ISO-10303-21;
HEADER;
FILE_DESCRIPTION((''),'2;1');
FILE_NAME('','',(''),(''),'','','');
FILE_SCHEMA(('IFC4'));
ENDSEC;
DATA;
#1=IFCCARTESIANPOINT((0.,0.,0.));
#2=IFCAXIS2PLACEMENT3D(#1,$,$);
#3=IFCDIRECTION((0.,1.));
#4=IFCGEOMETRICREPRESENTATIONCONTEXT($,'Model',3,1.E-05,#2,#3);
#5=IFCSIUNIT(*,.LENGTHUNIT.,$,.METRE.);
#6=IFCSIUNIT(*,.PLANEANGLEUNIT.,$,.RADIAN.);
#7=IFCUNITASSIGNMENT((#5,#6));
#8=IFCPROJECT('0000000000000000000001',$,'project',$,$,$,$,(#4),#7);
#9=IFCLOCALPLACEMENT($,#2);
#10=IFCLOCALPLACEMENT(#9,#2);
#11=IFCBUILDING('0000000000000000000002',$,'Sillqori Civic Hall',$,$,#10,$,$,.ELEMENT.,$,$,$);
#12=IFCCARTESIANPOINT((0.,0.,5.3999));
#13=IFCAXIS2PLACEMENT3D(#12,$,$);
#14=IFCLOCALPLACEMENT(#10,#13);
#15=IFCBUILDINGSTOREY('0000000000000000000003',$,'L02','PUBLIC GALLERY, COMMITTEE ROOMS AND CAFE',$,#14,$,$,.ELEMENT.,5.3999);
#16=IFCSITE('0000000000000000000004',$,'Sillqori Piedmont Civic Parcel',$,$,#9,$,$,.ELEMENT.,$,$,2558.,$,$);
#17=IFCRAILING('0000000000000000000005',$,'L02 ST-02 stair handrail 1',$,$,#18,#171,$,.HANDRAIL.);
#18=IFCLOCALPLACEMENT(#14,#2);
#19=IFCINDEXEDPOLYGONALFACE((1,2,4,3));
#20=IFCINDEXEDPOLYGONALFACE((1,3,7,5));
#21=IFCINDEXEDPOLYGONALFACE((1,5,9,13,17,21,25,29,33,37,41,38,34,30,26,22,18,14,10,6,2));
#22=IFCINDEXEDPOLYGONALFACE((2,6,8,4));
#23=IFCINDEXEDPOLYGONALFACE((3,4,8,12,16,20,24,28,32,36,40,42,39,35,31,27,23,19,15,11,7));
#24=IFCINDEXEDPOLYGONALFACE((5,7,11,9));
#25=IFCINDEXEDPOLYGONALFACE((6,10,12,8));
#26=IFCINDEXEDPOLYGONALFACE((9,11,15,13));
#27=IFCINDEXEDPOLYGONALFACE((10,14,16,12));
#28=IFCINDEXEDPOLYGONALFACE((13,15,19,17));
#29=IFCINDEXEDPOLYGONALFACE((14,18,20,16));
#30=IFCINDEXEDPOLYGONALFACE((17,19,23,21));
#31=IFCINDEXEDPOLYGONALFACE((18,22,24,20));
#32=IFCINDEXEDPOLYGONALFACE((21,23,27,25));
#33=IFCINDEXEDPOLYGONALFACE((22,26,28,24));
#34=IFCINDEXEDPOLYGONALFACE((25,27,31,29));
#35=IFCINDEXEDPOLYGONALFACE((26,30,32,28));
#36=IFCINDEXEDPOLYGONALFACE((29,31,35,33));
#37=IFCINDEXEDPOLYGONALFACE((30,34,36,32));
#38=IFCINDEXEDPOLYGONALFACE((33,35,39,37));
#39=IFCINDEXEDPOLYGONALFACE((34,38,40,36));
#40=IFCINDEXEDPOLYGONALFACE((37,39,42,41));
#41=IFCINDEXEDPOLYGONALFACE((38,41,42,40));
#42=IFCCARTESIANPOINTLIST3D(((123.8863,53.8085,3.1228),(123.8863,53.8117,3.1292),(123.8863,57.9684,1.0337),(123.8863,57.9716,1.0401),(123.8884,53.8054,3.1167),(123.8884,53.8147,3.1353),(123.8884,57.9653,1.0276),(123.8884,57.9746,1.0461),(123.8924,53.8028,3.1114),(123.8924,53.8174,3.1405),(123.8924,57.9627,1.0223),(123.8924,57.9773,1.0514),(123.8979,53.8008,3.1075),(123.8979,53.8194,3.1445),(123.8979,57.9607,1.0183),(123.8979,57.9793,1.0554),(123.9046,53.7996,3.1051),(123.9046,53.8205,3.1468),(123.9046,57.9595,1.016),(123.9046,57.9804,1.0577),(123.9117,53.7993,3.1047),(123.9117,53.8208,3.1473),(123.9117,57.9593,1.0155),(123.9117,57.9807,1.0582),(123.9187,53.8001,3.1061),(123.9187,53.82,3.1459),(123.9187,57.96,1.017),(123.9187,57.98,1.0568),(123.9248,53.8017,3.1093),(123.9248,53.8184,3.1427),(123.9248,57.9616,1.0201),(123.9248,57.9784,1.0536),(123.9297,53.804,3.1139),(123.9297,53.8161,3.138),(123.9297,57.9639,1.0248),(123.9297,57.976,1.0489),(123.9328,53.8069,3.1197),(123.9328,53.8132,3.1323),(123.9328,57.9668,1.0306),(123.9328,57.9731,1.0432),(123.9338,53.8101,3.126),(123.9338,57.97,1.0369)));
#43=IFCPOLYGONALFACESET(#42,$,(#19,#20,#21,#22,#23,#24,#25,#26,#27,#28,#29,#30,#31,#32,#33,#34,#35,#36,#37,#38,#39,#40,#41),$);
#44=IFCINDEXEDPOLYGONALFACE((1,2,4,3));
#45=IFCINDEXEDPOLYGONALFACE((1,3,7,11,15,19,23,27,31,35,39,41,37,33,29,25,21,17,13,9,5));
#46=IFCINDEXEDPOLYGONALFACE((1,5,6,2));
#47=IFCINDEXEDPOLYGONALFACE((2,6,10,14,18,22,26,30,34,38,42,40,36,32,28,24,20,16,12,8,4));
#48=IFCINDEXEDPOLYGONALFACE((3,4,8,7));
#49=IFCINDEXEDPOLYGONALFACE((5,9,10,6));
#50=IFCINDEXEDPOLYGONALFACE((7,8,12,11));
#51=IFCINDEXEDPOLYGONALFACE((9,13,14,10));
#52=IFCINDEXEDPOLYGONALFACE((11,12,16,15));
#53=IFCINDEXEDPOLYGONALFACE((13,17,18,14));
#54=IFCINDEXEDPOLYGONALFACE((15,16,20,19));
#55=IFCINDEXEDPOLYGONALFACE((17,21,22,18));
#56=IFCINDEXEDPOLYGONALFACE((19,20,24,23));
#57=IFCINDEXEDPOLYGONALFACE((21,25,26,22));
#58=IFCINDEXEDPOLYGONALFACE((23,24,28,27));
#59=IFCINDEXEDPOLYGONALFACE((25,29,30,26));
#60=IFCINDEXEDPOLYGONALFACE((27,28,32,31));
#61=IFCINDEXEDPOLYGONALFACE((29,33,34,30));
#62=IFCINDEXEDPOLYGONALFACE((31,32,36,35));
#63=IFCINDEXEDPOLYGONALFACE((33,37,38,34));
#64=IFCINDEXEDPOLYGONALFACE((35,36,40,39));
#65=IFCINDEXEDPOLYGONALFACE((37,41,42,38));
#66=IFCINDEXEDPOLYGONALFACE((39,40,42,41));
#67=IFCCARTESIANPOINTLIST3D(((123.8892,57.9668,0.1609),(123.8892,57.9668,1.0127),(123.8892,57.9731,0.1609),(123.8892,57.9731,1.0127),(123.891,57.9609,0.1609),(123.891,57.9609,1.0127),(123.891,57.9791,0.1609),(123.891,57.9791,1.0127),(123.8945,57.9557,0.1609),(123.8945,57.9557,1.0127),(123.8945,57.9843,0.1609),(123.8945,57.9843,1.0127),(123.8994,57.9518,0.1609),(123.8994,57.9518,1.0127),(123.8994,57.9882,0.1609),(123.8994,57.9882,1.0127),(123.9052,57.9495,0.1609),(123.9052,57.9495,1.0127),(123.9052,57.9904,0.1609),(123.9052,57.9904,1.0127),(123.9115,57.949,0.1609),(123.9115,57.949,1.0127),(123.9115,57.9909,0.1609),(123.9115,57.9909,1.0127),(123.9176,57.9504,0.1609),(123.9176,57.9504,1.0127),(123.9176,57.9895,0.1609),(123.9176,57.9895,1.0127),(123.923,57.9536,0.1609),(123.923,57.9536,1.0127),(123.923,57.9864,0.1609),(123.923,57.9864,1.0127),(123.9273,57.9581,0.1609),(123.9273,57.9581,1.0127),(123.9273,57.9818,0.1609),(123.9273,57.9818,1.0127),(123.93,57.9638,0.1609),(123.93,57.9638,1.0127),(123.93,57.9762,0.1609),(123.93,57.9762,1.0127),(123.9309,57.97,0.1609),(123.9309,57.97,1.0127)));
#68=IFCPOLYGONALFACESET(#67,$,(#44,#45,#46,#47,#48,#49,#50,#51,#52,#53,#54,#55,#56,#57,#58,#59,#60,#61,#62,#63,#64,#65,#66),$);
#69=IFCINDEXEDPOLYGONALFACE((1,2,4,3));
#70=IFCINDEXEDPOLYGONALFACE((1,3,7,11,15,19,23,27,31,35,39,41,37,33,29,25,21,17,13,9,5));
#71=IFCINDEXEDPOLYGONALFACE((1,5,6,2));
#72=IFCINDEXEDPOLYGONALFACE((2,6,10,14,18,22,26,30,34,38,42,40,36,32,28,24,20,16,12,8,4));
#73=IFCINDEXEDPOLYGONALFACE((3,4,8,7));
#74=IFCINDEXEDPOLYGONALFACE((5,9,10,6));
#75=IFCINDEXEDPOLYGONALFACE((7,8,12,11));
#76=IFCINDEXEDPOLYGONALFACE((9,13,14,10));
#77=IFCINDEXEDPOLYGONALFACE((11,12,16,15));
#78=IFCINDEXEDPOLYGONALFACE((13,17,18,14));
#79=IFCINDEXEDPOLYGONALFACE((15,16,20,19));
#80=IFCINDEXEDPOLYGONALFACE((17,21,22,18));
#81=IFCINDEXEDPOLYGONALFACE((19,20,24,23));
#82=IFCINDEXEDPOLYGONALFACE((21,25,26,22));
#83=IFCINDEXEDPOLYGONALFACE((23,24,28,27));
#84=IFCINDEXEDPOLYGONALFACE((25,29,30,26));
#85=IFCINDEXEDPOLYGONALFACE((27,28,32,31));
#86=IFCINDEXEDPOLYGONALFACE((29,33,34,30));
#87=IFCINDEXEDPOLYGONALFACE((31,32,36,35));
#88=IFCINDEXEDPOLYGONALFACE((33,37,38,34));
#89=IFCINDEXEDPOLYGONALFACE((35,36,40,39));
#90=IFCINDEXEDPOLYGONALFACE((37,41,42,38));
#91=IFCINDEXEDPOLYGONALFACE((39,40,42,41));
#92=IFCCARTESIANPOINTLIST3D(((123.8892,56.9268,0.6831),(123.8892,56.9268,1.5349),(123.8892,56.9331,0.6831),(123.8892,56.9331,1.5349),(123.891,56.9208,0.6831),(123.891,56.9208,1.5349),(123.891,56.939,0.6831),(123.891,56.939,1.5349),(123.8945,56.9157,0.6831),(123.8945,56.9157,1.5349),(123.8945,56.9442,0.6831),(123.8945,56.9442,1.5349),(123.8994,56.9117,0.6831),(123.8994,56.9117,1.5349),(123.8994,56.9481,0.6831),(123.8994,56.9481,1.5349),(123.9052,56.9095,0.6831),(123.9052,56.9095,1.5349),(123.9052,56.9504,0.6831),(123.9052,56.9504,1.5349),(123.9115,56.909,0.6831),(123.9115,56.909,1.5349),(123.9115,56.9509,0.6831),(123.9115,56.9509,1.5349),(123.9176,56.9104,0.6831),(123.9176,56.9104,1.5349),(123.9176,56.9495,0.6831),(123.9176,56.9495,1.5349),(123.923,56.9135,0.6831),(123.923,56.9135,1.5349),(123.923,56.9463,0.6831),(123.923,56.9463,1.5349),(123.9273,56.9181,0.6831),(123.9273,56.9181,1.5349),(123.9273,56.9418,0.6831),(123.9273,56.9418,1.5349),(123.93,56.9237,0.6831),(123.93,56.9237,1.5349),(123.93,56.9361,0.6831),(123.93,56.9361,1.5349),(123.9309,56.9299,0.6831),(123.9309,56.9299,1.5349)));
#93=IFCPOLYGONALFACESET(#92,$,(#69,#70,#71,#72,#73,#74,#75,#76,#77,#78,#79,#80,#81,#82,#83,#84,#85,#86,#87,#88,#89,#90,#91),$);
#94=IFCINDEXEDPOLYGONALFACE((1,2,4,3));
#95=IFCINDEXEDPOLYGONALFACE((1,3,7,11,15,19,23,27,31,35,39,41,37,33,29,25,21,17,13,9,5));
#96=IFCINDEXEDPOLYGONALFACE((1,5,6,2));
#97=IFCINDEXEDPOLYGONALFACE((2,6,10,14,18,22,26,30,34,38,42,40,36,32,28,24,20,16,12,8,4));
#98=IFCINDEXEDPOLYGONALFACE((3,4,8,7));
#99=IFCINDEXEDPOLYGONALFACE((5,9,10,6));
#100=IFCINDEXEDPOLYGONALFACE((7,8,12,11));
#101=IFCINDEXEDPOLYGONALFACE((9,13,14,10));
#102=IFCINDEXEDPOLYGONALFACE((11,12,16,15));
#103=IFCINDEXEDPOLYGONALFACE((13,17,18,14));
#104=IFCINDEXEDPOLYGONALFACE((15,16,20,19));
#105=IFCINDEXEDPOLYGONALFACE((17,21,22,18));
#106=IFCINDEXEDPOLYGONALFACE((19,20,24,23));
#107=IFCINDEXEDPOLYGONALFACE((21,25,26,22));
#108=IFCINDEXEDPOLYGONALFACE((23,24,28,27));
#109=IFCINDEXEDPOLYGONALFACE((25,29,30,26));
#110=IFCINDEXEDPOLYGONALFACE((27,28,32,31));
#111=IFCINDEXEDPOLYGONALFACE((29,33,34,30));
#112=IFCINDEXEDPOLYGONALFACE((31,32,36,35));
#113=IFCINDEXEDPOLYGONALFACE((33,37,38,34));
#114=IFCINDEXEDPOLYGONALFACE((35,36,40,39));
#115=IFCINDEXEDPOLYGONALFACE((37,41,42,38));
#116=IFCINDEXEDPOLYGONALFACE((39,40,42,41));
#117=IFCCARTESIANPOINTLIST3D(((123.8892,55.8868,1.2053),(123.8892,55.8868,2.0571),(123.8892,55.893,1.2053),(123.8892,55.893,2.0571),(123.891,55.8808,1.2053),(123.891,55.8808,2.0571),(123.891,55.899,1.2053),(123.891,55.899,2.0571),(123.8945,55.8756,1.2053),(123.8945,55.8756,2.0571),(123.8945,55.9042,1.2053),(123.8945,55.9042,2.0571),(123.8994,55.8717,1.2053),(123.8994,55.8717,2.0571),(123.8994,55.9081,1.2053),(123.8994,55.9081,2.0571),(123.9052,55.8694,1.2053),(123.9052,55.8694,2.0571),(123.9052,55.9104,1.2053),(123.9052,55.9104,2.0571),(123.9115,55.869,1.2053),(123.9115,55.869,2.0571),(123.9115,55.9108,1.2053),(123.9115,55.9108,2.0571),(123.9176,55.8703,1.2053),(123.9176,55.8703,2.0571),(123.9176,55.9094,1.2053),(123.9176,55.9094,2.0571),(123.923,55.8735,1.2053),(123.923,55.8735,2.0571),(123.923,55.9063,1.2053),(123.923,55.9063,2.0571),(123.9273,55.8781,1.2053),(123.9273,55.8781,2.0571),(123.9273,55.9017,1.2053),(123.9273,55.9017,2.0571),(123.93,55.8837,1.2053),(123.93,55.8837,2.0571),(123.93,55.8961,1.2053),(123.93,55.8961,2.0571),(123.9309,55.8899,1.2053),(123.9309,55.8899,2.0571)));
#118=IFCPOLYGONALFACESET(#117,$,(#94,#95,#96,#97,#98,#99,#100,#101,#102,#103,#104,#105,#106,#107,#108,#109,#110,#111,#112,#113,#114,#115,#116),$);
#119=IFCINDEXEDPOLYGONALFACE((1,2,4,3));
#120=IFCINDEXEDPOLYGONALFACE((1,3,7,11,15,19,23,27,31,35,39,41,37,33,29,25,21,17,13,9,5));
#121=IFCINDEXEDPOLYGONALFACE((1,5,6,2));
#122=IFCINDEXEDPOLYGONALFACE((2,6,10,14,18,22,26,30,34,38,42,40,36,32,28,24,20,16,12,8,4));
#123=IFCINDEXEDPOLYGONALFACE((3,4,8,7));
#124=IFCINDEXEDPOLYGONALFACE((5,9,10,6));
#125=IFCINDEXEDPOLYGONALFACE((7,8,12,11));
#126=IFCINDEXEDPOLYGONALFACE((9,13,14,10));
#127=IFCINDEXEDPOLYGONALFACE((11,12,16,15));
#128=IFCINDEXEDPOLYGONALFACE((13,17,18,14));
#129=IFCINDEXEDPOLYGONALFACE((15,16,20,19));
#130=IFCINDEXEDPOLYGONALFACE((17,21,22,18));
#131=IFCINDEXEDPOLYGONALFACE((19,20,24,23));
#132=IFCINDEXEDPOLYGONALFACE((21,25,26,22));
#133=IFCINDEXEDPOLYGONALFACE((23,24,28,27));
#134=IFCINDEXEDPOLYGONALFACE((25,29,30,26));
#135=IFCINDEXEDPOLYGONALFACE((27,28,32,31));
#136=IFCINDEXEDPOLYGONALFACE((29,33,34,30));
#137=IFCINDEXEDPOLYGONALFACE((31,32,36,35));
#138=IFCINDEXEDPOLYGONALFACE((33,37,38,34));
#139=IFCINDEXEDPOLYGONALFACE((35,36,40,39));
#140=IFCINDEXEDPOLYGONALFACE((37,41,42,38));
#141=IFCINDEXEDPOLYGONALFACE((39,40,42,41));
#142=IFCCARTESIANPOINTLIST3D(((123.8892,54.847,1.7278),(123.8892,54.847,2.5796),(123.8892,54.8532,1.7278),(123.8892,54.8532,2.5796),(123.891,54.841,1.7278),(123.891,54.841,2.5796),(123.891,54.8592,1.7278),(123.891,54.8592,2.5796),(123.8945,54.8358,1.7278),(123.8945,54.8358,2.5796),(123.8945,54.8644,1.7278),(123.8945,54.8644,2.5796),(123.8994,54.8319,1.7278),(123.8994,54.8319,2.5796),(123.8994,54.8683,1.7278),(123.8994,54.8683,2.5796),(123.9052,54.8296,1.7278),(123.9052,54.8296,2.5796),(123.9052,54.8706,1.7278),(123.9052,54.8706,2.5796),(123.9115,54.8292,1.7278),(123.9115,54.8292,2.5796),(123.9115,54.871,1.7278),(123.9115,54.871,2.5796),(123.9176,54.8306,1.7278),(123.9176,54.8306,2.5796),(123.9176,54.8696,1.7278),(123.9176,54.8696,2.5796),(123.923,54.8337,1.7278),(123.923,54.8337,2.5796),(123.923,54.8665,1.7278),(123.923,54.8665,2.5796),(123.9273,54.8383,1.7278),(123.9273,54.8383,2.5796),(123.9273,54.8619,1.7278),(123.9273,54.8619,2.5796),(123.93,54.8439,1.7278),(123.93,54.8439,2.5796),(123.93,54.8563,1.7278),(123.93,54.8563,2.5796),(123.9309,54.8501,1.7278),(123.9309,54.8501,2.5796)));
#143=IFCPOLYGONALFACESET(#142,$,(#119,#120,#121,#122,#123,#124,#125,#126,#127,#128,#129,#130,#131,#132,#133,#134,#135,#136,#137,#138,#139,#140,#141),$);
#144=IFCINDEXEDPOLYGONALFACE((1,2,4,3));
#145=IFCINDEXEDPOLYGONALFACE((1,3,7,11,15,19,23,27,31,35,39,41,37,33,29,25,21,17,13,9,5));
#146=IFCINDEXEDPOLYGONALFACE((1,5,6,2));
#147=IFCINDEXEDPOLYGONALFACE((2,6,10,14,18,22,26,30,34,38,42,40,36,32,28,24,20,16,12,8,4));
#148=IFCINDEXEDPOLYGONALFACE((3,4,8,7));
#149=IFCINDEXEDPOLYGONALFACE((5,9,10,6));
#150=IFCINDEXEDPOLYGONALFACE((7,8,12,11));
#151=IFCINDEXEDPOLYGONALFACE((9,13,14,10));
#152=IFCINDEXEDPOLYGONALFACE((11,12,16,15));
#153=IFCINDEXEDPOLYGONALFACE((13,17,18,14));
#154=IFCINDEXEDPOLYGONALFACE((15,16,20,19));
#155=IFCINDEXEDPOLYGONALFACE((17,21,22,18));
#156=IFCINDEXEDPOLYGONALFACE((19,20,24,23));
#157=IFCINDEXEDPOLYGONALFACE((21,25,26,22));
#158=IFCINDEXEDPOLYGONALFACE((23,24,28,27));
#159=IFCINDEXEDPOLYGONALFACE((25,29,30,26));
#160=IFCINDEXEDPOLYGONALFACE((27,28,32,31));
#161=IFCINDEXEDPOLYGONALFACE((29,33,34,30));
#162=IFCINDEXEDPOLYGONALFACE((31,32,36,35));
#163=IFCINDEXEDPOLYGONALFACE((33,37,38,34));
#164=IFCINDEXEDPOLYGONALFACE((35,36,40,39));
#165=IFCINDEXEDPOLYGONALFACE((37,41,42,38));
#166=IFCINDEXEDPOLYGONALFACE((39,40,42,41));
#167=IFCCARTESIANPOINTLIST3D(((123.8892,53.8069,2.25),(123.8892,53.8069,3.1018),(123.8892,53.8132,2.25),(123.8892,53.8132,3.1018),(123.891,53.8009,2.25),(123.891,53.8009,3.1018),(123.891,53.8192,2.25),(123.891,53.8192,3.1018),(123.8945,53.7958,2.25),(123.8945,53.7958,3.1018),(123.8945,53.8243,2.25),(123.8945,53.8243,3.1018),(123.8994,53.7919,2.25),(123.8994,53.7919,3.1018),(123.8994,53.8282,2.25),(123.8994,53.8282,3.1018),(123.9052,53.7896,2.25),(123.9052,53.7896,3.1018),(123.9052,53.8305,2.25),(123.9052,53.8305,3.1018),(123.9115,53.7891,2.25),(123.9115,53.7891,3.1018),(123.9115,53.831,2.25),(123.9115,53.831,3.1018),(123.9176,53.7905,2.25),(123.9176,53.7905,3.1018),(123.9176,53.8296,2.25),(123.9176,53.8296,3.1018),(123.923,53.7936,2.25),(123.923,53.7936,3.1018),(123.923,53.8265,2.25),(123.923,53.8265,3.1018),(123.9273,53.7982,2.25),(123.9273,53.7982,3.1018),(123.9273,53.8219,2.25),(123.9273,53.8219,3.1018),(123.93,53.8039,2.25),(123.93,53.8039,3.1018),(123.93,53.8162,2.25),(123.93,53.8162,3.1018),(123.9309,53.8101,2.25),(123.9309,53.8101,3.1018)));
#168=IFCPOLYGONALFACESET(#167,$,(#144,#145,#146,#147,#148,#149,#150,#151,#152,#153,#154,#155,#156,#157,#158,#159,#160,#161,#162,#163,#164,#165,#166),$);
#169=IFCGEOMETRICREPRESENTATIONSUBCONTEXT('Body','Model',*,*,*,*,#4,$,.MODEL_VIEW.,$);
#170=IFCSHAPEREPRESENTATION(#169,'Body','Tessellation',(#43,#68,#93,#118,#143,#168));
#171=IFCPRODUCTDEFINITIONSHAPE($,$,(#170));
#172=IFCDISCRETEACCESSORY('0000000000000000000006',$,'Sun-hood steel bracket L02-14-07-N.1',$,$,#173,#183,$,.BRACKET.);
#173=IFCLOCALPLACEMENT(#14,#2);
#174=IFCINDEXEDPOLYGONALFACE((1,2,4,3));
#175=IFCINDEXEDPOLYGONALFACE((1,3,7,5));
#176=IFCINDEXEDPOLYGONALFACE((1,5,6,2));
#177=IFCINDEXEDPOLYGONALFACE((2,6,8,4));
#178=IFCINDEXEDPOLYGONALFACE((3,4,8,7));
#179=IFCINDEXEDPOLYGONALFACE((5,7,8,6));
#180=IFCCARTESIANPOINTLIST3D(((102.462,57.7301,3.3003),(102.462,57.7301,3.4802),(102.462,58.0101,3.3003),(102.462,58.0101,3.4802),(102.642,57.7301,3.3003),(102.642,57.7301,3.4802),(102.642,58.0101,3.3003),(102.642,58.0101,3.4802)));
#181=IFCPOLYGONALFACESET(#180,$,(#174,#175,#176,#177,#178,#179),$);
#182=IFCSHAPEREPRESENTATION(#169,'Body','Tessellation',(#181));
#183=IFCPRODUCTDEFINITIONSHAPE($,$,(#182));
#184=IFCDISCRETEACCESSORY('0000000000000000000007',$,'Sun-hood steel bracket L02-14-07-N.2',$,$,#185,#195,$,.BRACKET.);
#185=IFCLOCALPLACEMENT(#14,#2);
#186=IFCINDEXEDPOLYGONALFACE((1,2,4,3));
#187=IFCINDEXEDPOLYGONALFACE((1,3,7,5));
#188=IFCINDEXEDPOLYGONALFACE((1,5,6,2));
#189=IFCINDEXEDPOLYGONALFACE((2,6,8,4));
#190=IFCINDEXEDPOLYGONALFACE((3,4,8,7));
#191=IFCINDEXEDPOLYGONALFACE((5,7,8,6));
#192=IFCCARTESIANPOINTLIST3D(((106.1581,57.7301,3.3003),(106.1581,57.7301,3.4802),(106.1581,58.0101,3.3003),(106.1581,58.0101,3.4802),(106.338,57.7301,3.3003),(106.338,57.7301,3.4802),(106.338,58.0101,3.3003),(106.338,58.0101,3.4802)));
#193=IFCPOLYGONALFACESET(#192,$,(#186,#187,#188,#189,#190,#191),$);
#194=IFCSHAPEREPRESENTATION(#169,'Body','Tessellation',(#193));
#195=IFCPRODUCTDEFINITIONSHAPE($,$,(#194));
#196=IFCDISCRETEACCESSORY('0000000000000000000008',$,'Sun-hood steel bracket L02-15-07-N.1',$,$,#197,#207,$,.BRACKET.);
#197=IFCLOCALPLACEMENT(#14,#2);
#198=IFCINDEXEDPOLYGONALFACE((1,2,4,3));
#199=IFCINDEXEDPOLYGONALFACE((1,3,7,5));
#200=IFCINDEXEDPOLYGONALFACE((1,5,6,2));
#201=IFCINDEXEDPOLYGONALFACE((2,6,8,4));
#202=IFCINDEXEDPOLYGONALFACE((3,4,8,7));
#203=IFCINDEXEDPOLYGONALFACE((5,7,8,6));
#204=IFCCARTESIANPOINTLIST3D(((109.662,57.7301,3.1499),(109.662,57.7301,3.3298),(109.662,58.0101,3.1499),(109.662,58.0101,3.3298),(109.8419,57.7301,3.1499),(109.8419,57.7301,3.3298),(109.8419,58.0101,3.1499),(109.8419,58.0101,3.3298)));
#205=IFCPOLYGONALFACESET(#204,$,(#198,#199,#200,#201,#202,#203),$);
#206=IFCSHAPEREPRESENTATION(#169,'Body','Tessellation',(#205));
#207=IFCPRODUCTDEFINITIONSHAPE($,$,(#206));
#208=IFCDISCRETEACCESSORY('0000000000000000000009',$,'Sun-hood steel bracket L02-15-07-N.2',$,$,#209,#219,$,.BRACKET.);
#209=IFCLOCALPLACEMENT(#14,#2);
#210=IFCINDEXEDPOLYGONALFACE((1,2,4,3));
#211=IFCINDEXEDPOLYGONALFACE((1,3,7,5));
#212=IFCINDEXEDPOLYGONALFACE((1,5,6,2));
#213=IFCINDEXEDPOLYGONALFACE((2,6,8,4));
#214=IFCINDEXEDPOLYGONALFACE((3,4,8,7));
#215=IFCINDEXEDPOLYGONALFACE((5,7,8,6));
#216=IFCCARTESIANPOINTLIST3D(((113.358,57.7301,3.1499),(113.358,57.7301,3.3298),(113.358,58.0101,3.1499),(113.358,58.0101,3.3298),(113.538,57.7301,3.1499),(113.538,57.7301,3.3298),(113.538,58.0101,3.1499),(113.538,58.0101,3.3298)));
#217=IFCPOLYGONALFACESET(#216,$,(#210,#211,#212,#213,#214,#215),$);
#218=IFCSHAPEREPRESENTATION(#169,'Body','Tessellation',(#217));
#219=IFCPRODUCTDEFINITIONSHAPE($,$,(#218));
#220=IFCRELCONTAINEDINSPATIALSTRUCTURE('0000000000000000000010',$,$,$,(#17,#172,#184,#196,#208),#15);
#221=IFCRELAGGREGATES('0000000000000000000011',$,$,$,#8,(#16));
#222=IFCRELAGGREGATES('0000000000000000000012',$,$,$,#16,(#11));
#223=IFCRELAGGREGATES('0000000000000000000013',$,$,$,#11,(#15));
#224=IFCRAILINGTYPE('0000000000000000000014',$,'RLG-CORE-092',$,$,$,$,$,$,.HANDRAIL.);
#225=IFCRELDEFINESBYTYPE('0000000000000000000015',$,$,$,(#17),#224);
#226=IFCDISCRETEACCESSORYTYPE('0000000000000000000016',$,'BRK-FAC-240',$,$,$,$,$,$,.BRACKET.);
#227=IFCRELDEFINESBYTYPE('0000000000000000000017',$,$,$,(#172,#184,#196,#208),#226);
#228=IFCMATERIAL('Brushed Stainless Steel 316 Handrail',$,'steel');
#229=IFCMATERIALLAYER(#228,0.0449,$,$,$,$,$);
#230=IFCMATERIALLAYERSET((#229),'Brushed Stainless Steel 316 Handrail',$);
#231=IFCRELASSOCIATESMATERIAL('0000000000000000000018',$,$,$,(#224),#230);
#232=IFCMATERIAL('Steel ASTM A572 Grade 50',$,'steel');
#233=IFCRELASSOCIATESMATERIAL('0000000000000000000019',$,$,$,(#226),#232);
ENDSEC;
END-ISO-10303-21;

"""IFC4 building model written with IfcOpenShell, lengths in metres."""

from ifc_helpers import new_model, si_unit, direction, frame, origin, origin_2d, place, context, subcontext, project, spatial, rectangle, circle, extrude, material, layer, layer_set, type_object, element, save


model = new_model("IFC4")

# Units and contexts
model_context = context("Model", 3, precision=1e-05, world=origin(), true_north=direction((0.0, 1.0)))
body_context = subcontext(model_context, "Body", "Model", "MODEL_VIEW")
ifc_project = project(units=[si_unit("LENGTHUNIT", "METRE"), si_unit("PLANEANGLEUNIT", "RADIAN")], contexts=[model_context])

# Site, building, storey
site_placement = place(None, origin())
site = spatial("IfcSite", under=ifc_project, at=site_placement, Name="Sillqori Piedmont Civic Parcel", CompositionType="ELEMENT", RefElevation=2558.0)
building_placement = place(site_placement, origin())
building = spatial("IfcBuilding", under=site, at=building_placement, Name="Sillqori Civic Hall", CompositionType="ELEMENT")
storey_placement = place(building_placement, frame((0.0, 0.0, 5.3999)))
storey = spatial("IfcBuildingStorey", under=building, at=storey_placement, Name="L02", Description="PUBLIC GALLERY, COMMITTEE ROOMS AND CAFE", CompositionType="ELEMENT", Elevation=5.3999)

# Railing
ifc_material_1 = material(Name="Brushed Stainless Steel 316 Handrail", Category="steel")
ifc_layer_1 = layer(ifc_material_1, 0.0449)
ifc_layer_set_1 = layer_set([ifc_layer_1], Name="Brushed Stainless Steel 316 Handrail")
railing_type = type_object("IfcRailingType", Name="RLG-CORE-092", PredefinedType="HANDRAIL", material=ifc_layer_set_1)
railing_placement = place(storey_placement, frame((123.9099, 57.97, 0.1609)))
element("IfcRailing", 1, at=railing_placement, inside=storey, type_object=railing_type, Name="L02 ST-02 stair handrail 1", PredefinedType="HANDRAIL", context=body_context, shape_type="SweptSolid", body=[
    extrude(circle(Radius=0.0239, at=origin_2d()), frame((0.0, 0.0, 0.876), z_axis=(0.0, -0.893639, 0.448786), x_axis=(1.0, 0.0, 0.0)), (0.0, 0.0, 1.0), 4.655),
    extrude(circle(Radius=0.021, at=origin_2d()), origin(), (0.0, 0.0, 1.0), 0.8518),
    extrude(circle(Radius=0.021, at=origin_2d()), frame((0.0, -1.04, 0.5222)), (0.0, 0.0, 1.0), 0.8518),
    extrude(circle(Radius=0.021, at=origin_2d()), frame((0.0, -2.0801, 1.0444)), (0.0, 0.0, 1.0), 0.8518),
    extrude(circle(Radius=0.021, at=origin_2d()), frame((0.0, -3.1199, 1.5669)), (0.0, 0.0, 1.0), 0.8518),
    extrude(circle(Radius=0.021, at=origin_2d()), frame((0.0, -4.1599, 2.0891)), (0.0, 0.0, 1.0), 0.8518),
])

# Discrete accessories
ifc_material_2 = material(Name="Steel ASTM A572 Grade 50", Category="steel")
discrete_accessory_type = type_object("IfcDiscreteAccessoryType", Name="BRK-FAC-240", PredefinedType="BRACKET", material=ifc_material_2)
for number, where, z_axis, x_axis, name in (
    (2, (102.552, 57.8701, 3.3003), (0.0, 0.0, 1.0), (1.0, 0.0, 0.0), "Sun-hood steel bracket L02-14-07-N.1"),
    (3, (106.248, 57.8701, 3.3003), (0.0, 0.0, 1.0), (1.0, 0.0, 0.0), "Sun-hood steel bracket L02-14-07-N.2"),
    (4, (109.752, 57.8701, 3.1499), (0.0, 0.0, 1.0), (1.0, 0.0, 0.0), "Sun-hood steel bracket L02-15-07-N.1"),
    (5, (113.448, 57.8701, 3.1499), (0.0, 0.0, 1.0), (1.0, 0.0, 0.0), "Sun-hood steel bracket L02-15-07-N.2"),
):
    element("IfcDiscreteAccessory", number, at=place(storey_placement, frame(where, z_axis=z_axis, x_axis=x_axis)), inside=storey, type_object=discrete_accessory_type, Name=name, PredefinedType="BRACKET", context=body_context, shape_type="SweptSolid", body=[
        extrude(rectangle(XDim=0.1799, YDim=0.28, at=origin_2d()), origin(), (0.0, 0.0, 1.0), 0.1799),
    ])

save(model, "model.ifc")
